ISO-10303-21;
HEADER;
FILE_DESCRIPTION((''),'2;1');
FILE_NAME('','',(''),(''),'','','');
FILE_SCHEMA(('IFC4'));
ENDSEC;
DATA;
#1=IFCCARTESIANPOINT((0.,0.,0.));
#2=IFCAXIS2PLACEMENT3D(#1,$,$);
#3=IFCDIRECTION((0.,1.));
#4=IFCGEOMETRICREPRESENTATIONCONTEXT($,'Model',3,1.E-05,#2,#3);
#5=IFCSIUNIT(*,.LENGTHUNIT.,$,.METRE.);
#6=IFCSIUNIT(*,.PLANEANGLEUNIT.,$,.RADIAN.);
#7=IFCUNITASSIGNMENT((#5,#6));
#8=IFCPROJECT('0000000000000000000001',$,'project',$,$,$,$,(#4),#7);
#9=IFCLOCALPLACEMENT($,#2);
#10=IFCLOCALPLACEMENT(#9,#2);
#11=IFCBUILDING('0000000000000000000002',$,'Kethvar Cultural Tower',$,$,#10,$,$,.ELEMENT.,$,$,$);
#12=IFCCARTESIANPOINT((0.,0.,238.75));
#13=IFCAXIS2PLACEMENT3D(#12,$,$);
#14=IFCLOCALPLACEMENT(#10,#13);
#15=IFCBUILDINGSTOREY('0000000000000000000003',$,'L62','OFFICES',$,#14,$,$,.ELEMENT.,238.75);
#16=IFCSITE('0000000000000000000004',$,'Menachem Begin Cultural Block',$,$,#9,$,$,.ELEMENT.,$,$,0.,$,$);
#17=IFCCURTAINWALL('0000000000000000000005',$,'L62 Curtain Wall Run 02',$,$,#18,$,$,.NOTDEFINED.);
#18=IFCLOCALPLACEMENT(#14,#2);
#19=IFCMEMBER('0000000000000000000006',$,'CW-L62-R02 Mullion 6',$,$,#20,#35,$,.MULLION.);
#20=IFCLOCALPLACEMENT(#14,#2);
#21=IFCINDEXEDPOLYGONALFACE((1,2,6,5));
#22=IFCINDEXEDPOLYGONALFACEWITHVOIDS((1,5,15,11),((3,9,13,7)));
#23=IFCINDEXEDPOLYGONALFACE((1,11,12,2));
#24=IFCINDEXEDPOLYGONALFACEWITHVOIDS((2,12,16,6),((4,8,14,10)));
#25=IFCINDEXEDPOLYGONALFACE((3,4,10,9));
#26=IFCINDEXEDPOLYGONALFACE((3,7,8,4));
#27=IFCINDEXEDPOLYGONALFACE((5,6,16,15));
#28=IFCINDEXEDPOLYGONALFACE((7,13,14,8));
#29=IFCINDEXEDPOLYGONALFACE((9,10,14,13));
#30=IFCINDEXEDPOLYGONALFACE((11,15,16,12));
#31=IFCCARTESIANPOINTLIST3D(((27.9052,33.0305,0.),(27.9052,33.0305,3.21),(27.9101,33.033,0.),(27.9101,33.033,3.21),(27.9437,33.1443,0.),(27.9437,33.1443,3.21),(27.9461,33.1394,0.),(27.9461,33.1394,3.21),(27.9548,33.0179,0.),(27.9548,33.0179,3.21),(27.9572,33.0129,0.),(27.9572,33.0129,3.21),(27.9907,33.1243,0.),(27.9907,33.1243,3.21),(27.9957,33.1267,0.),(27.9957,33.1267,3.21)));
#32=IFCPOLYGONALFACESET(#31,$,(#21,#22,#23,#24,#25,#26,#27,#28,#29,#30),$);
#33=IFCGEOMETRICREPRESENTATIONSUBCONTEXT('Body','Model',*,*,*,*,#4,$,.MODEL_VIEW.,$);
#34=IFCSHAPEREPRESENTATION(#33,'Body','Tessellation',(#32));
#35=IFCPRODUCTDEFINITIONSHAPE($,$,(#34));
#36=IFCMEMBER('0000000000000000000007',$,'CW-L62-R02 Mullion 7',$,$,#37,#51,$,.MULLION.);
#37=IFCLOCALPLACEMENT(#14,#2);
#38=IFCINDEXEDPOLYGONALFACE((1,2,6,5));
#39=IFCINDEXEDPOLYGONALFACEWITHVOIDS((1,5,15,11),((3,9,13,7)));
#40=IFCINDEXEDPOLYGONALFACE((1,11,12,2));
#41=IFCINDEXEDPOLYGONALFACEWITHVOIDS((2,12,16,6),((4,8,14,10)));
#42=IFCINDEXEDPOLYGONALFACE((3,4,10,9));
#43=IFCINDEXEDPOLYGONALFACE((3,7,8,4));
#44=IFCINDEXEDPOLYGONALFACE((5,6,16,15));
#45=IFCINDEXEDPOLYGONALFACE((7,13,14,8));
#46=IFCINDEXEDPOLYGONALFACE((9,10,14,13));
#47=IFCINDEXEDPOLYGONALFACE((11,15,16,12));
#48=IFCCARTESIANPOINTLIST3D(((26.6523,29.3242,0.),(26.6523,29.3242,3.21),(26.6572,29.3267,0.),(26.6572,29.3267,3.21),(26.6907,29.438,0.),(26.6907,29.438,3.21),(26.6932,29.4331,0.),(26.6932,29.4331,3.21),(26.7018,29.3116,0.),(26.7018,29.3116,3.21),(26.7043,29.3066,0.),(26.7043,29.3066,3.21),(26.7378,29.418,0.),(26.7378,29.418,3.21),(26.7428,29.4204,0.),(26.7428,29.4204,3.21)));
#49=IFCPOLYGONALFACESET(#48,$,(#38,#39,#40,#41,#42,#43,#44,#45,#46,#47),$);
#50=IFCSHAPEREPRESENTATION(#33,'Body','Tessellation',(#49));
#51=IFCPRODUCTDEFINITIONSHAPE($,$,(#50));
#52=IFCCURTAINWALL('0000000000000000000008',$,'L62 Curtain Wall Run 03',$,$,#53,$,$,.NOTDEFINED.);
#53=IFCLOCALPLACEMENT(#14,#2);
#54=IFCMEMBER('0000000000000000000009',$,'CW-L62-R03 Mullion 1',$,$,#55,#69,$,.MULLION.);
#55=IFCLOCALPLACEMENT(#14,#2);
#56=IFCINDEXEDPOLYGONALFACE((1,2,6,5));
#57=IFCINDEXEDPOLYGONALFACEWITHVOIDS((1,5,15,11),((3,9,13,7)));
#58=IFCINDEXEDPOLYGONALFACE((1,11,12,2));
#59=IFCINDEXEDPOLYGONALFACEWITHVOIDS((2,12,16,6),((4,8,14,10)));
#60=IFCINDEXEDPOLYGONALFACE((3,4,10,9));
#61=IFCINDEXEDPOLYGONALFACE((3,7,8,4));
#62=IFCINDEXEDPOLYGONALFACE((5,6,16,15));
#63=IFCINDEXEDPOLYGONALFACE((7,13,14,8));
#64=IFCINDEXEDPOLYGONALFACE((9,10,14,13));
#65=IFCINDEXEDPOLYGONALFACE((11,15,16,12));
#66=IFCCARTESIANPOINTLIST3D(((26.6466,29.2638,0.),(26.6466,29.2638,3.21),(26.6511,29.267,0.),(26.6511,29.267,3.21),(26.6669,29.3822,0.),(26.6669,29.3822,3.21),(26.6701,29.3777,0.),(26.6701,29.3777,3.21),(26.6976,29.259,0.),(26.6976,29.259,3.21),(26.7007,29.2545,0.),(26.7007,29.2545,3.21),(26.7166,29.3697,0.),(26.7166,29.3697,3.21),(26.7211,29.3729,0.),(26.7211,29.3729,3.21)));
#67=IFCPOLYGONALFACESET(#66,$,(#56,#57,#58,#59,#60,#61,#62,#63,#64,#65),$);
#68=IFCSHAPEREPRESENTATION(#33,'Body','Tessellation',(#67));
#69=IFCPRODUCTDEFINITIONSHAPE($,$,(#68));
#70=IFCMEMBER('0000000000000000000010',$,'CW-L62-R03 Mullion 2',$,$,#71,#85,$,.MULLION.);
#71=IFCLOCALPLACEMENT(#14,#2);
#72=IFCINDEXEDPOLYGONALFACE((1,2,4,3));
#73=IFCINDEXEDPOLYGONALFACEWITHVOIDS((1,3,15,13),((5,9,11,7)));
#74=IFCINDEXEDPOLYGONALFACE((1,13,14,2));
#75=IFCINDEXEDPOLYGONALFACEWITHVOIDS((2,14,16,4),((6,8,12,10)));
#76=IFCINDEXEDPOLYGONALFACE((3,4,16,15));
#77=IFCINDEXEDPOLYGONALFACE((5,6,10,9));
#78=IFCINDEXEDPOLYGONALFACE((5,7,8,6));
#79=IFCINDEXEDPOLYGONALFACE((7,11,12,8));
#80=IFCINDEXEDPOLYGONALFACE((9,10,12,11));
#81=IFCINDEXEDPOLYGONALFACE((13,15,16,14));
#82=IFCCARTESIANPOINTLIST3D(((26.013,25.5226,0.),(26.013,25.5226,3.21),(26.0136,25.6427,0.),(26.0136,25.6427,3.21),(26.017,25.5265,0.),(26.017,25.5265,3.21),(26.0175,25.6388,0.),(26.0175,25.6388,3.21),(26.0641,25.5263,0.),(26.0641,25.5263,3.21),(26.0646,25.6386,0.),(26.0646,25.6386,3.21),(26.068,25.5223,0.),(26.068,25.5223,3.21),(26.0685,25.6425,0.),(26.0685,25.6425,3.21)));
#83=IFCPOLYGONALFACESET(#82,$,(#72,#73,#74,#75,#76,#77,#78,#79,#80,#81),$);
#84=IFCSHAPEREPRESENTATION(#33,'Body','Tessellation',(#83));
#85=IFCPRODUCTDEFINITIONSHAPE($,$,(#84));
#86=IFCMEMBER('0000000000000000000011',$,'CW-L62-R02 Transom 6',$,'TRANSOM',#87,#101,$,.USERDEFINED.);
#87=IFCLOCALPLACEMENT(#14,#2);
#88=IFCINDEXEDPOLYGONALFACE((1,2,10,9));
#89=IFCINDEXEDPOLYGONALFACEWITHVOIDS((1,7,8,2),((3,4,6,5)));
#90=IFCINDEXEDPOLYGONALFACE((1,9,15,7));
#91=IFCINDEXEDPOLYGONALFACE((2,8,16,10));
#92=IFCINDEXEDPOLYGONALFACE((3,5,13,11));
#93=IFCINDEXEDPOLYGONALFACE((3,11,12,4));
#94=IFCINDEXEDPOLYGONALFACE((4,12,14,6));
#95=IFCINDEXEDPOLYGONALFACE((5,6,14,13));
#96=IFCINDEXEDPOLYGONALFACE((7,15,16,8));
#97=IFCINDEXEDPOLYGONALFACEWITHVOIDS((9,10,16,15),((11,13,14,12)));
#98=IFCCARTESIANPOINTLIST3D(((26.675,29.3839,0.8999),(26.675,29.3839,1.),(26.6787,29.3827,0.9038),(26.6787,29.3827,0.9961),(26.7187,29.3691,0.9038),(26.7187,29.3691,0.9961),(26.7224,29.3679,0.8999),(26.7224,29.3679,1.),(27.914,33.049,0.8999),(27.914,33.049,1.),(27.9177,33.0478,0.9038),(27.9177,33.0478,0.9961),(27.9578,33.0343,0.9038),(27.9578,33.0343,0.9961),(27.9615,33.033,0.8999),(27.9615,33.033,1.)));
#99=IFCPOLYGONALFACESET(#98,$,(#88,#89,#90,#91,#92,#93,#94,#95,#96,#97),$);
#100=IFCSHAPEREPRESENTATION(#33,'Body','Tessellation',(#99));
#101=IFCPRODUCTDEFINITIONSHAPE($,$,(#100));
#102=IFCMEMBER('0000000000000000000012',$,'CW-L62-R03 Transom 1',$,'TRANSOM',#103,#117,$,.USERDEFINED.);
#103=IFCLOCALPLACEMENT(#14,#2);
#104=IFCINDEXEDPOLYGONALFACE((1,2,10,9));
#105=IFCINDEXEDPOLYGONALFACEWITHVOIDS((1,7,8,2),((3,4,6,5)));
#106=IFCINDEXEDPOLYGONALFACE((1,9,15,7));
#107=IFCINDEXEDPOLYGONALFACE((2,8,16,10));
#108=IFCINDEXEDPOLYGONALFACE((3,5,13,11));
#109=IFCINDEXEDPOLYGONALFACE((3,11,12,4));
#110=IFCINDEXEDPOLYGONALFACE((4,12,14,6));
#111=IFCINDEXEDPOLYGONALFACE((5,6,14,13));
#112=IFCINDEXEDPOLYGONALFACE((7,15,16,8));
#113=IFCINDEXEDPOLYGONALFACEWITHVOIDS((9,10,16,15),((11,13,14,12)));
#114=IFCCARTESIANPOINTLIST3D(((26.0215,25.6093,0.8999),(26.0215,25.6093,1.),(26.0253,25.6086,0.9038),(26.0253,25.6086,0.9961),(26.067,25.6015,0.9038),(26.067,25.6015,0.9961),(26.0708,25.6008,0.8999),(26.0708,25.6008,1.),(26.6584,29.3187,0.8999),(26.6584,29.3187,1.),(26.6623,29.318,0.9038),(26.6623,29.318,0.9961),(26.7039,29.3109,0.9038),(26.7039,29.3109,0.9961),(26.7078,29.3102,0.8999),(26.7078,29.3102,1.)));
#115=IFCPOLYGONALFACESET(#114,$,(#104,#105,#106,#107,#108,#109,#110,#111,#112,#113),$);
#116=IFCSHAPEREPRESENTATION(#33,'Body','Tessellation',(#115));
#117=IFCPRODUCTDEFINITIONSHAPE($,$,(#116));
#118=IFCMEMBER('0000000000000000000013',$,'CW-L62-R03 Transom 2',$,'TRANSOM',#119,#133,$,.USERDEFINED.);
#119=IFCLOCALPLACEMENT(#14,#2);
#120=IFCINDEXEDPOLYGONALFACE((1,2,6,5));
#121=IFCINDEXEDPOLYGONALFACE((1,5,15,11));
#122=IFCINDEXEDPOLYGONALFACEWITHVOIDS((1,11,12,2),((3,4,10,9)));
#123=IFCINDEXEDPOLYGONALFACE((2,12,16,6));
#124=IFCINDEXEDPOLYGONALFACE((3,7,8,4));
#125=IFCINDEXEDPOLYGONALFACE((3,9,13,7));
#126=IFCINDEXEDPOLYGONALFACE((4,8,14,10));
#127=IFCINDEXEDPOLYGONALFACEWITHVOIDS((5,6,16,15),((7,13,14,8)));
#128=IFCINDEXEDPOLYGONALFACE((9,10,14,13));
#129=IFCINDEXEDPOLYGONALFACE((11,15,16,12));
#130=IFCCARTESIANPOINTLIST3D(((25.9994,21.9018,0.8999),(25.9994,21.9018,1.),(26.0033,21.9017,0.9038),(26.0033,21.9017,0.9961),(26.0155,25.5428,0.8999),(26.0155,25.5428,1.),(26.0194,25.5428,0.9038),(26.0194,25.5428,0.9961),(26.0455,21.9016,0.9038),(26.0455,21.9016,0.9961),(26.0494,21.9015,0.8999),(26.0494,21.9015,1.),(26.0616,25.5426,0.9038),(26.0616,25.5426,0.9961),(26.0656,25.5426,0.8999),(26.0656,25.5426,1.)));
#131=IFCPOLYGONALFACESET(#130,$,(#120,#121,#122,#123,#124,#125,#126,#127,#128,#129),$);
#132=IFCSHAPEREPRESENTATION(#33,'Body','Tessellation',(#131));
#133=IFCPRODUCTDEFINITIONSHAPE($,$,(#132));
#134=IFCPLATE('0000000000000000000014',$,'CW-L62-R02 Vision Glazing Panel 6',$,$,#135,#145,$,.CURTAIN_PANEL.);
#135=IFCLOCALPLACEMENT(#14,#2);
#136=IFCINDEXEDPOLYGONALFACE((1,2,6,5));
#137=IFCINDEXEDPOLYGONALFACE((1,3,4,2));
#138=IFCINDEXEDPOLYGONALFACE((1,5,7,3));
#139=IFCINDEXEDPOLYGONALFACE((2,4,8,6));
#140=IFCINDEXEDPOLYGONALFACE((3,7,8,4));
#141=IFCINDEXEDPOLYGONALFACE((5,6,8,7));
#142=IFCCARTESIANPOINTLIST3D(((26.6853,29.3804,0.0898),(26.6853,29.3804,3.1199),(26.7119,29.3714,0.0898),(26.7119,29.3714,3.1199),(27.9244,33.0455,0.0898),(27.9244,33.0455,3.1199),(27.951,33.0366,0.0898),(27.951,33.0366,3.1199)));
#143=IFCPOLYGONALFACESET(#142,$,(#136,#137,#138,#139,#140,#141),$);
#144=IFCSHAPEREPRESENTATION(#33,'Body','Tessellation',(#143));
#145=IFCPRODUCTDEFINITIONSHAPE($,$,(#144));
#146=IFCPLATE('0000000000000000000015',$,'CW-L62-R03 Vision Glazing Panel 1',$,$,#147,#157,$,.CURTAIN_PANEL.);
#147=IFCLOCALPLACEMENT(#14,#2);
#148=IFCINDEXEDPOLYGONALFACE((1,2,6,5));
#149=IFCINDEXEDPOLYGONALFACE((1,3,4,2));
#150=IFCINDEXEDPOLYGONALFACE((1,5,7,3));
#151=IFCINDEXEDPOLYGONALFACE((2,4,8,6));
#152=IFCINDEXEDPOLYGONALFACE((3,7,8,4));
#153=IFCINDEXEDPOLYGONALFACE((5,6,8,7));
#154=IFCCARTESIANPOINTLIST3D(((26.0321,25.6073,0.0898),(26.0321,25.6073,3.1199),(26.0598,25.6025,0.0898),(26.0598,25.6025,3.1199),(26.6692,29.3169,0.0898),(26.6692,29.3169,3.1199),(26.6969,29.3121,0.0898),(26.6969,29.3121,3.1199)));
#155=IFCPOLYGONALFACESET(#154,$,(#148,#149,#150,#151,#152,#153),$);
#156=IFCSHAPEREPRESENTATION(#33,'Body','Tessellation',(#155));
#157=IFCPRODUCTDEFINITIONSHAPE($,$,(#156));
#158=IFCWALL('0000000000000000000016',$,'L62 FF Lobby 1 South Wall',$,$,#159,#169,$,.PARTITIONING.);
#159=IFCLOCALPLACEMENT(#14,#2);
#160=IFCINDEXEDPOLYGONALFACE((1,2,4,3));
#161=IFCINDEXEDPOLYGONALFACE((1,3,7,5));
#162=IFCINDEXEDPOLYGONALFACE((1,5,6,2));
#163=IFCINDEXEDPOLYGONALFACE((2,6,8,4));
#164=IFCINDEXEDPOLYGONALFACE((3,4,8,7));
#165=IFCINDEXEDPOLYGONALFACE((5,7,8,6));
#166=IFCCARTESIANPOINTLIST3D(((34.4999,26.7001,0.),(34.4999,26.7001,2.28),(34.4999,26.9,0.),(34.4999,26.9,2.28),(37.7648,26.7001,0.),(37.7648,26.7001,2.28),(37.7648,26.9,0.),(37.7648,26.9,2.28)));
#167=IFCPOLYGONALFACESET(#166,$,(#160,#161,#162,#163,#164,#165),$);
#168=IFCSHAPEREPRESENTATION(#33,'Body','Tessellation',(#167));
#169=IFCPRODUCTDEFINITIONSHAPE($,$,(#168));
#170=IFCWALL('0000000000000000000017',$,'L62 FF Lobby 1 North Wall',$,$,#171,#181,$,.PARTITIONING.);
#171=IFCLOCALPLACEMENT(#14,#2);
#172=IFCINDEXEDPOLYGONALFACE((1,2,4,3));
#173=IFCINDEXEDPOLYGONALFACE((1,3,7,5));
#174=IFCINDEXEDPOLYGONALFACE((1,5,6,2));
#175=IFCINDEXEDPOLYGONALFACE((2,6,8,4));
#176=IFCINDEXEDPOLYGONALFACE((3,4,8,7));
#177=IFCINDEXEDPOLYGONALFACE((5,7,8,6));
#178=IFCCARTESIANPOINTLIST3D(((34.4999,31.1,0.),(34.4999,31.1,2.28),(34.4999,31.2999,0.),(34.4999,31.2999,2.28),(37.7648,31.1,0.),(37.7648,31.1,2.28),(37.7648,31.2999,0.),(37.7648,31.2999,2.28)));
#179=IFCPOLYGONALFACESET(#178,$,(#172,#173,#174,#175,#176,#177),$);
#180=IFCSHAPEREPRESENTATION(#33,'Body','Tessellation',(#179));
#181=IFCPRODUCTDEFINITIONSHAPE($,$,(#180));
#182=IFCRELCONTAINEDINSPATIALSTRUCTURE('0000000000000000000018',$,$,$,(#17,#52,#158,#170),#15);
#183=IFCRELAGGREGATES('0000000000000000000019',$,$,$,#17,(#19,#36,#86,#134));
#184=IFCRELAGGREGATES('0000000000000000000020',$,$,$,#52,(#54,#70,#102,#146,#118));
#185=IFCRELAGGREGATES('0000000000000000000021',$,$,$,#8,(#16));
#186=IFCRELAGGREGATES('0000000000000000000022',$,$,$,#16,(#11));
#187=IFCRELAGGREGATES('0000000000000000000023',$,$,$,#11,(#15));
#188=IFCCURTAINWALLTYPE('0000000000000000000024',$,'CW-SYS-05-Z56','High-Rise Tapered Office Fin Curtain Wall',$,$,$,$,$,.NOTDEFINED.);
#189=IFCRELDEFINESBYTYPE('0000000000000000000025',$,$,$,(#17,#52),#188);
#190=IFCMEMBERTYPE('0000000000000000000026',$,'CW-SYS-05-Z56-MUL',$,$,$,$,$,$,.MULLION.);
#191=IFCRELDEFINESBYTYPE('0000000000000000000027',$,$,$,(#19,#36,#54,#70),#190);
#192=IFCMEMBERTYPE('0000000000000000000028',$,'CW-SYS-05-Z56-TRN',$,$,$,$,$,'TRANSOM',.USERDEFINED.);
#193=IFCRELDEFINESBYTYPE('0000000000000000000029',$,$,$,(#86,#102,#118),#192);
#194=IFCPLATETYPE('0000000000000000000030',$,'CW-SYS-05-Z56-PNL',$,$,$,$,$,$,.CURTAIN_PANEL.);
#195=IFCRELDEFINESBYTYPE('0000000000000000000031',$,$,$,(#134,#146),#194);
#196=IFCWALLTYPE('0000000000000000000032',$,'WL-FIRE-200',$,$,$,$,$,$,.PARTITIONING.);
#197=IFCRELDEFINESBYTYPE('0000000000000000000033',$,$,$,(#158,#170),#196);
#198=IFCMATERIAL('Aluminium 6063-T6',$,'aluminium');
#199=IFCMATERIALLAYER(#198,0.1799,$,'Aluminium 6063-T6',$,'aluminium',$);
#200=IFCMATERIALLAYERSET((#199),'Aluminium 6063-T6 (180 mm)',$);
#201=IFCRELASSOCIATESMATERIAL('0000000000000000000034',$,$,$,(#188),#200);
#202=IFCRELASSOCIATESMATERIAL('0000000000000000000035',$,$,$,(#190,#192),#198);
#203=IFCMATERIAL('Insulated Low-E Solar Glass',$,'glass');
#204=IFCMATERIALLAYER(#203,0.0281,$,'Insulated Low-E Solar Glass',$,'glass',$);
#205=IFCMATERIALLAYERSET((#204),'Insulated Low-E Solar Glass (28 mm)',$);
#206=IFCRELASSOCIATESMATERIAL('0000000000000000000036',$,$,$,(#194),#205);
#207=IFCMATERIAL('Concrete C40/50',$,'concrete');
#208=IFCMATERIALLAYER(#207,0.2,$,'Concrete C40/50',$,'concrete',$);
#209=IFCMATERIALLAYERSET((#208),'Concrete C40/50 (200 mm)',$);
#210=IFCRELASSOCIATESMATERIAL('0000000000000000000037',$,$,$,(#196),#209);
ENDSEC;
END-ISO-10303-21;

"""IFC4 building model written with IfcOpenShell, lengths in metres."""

from ifc_helpers import new_model, si_unit, direction, frame, frame_2d, origin, origin_2d, place, context, subcontext, project, spatial, rectangle, hollow_rectangle, extrude, source, transform, mapped, material, layer, layer_set, material_profile, profile_set, type_object, element, aggregate, save


model = new_model("IFC4")

# Units and contexts
model_context = context("Model", 3, precision=1e-05, world=origin(), true_north=direction((0.0, 1.0)))
body_context = subcontext(model_context, "Body", "Model", "MODEL_VIEW")
ifc_project = project(units=[si_unit("LENGTHUNIT", "METRE"), si_unit("PLANEANGLEUNIT", "RADIAN")], contexts=[model_context])

# Site, building, storey
site_placement = place(None, origin())
site = spatial("IfcSite", under=ifc_project, at=site_placement, Name="Menachem Begin Cultural Block", CompositionType="ELEMENT", RefElevation=0.0)
building_placement = place(site_placement, origin())
building = spatial("IfcBuilding", under=site, at=building_placement, Name="Kethvar Cultural Tower", CompositionType="ELEMENT")
storey_placement = place(building_placement, frame((0.0, 0.0, 238.75)))
storey = spatial("IfcBuildingStorey", under=building, at=storey_placement, Name="L62", Description="OFFICES", CompositionType="ELEMENT", Elevation=238.75)

# Curtain walls, members
ifc_material_1 = material(Name="Aluminium 6063-T6", Category="aluminium")
ifc_layer_1 = layer(ifc_material_1, 0.1799, Name="Aluminium 6063-T6", Category="aluminium")
ifc_layer_set_1 = layer_set([ifc_layer_1], Name="Aluminium 6063-T6 (180 mm)")
curtain_wall_type = type_object("IfcCurtainWallType", Name="CW-SYS-05-Z56", Description="High-Rise Tapered Office Fin Curtain Wall", PredefinedType="NOTDEFINED", material=ifc_layer_set_1)
curtain_wall_1_placement = place(storey_placement, origin())
curtain_wall_1 = element("IfcCurtainWall", 1, at=curtain_wall_1_placement, inside=storey, type_object=curtain_wall_type, Name="L62 Curtain Wall Run 02", PredefinedType="NOTDEFINED")
ifc_material_profile_1 = material_profile(ifc_material_1, hollow_rectangle(XDim=0.0549, YDim=0.1201, WallThickness=0.0039, at=origin_2d()), Name="Aluminium 6063-T6 — RHS120x55x4")
ifc_profile_set_1 = profile_set([ifc_material_profile_1], Name="Aluminium 6063-T6 — RHS120x55x4")
member_type_1 = type_object("IfcMemberType", Name="CW-SYS-05-Z56-MUL", PredefinedType="MULLION", material=ifc_profile_set_1)
shared_shape_1 = source(origin(), body_context, "Body", "SweptSolid", [
    extrude(hollow_rectangle(XDim=0.0549, YDim=0.1201, WallThickness=0.0039, at=origin_2d()), origin(), (0.0, 0.0, 1.0), 3.21),
])
member_1_placement = place(storey_placement, frame((27.9504, 33.0786, 0.0), z_axis=(0.0, 0.0, 1.0), x_axis=(0.947328, -0.320266, 0.0)))
member_1 = element("IfcMember", 2, at=member_1_placement, type_object=member_type_1, Name="CW-L62-R02 Mullion 6", PredefinedType="MULLION", context=body_context, shape_type="MappedRepresentation", body=[
    mapped(shared_shape_1, transform((0.0, 0.0, 0.0), scale=1.0)),
])
member_2_placement = place(storey_placement, frame((26.6975, 29.3723, 0.0), z_axis=(0.0, 0.0, 1.0), x_axis=(0.947328, -0.320266, 0.0)))
member_2 = element("IfcMember", 3, at=member_2_placement, type_object=member_type_1, Name="CW-L62-R02 Mullion 7", PredefinedType="MULLION", context=body_context, shape_type="MappedRepresentation", body=[
    mapped(shared_shape_1, transform((0.0, 0.0, 0.0), scale=1.0)),
])
curtain_wall_2_placement = place(storey_placement, origin())
curtain_wall_2 = element("IfcCurtainWall", 4, at=curtain_wall_2_placement, inside=storey, type_object=curtain_wall_type, Name="L62 Curtain Wall Run 03", PredefinedType="NOTDEFINED")
member_3_placement = place(storey_placement, frame((26.6838, 29.3184, 0.0), z_axis=(0.0, 0.0, 1.0), x_axis=(0.985571, -0.169263, 0.0)))
member_3 = element("IfcMember", 5, at=member_3_placement, type_object=member_type_1, Name="CW-L62-R03 Mullion 1", PredefinedType="MULLION", context=body_context, shape_type="MappedRepresentation", body=[
    mapped(shared_shape_1, transform((0.0, 0.0, 0.0), scale=1.0)),
])
member_4_placement = place(storey_placement, frame((26.0408, 25.5825, 0.0), z_axis=(0.0, 0.0, 1.0), x_axis=(0.99999, -0.004468, 0.0)))
member_4 = element("IfcMember", 6, at=member_4_placement, type_object=member_type_1, Name="CW-L62-R03 Mullion 2", PredefinedType="MULLION", context=body_context, shape_type="MappedRepresentation", body=[
    mapped(shared_shape_1, transform((0.0, 0.0, 0.0), scale=1.0)),
])

# Members
ifc_material_profile_2 = material_profile(ifc_material_1, hollow_rectangle(XDim=0.05, YDim=0.1001, WallThickness=0.0039, at=origin_2d()), Name="Aluminium 6063-T6 — RHS100x50x4")
ifc_profile_set_2 = profile_set([ifc_material_profile_2], Name="Aluminium 6063-T6 — RHS100x50x4")
member_type_2 = type_object("IfcMemberType", Name="CW-SYS-05-Z56-TRN", ElementType="TRANSOM", PredefinedType="USERDEFINED", material=ifc_profile_set_2)
shared_shape_2 = source(origin(), body_context, "Body", "SweptSolid", [
    extrude(hollow_rectangle(XDim=0.05, YDim=0.1001, WallThickness=0.0039, at=origin_2d()), origin(), (0.0, 0.0, 1.0), 3.8689),
])
member_5_placement = place(storey_placement, frame((27.9377, 33.041, 0.95), z_axis=(-0.320257, -0.947331, 0.0), x_axis=(0.947331, -0.320257, 0.0)))
member_5 = element("IfcMember", 7, at=member_5_placement, type_object=member_type_2, Name="CW-L62-R02 Transom 6", ObjectType="TRANSOM", PredefinedType="USERDEFINED", context=body_context, shape_type="MappedRepresentation", body=[
    mapped(shared_shape_2, transform((0.0, 0.0, 0.0), scale=1.0)),
])
shared_shape_3 = source(origin(), body_context, "Body", "SweptSolid", [
    extrude(hollow_rectangle(XDim=0.05, YDim=0.1001, WallThickness=0.0039, at=origin_2d()), origin(), (0.0, 0.0, 1.0), 3.7637),
])
member_6_placement = place(storey_placement, frame((26.6831, 29.3145, 0.95), z_axis=(-0.169236, -0.985576, 0.0), x_axis=(0.985576, -0.169236, 0.0)))
member_6 = element("IfcMember", 8, at=member_6_placement, type_object=member_type_2, Name="CW-L62-R03 Transom 1", ObjectType="TRANSOM", PredefinedType="USERDEFINED", context=body_context, shape_type="MappedRepresentation", body=[
    mapped(shared_shape_3, transform((0.0, 0.0, 0.0), scale=1.0)),
])
shared_shape_4 = source(origin(), body_context, "Body", "SweptSolid", [
    extrude(hollow_rectangle(XDim=0.05, YDim=0.1001, WallThickness=0.0039, at=origin_2d()), origin(), (0.0, 0.0, 1.0), 3.6411),
])
member_7_placement = place(storey_placement, frame((26.0405, 25.5427, 0.95), z_axis=(-0.004425, -0.99999, 0.0), x_axis=(0.99999, -0.004425, 0.0)))
member_7 = element("IfcMember", 9, at=member_7_placement, type_object=member_type_2, Name="CW-L62-R03 Transom 2", ObjectType="TRANSOM", PredefinedType="USERDEFINED", context=body_context, shape_type="MappedRepresentation", body=[
    mapped(shared_shape_4, transform((0.0, 0.0, 0.0), scale=1.0)),
])

# Plates
ifc_material_2 = material(Name="Insulated Low-E Solar Glass", Category="glass")
ifc_layer_2 = layer(ifc_material_2, 0.0281, Name="Insulated Low-E Solar Glass", Category="glass")
ifc_layer_set_2 = layer_set([ifc_layer_2], Name="Insulated Low-E Solar Glass (28 mm)")
plate_type = type_object("IfcPlateType", Name="CW-SYS-05-Z56-PNL", PredefinedType="CURTAIN_PANEL", material=ifc_layer_set_2)
shared_shape_5 = source(origin(), body_context, "Body", "SweptSolid", [
    extrude(rectangle(XDim=3.8689, YDim=0.0281, at=origin_2d()), origin(), (0.0, 0.0, 1.0), 3.03),
])
plate_1_placement = place(storey_placement, frame((27.3181, 31.2085, 0.0898), z_axis=(0.0, 0.0, 1.0), x_axis=(-0.320266, -0.947328, 0.0)))
plate_1 = element("IfcPlate", 10, at=plate_1_placement, type_object=plate_type, Name="CW-L62-R02 Vision Glazing Panel 6", PredefinedType="CURTAIN_PANEL", context=body_context, shape_type="MappedRepresentation", body=[
    mapped(shared_shape_5, transform((0.0, 0.0, 0.0), scale=1.0)),
])
aggregate(curtain_wall_1, [member_1, member_2, member_5, plate_1])
shared_shape_6 = source(origin(), body_context, "Body", "SweptSolid", [
    extrude(rectangle(XDim=3.7639, YDim=0.0281, at=origin_2d()), origin(), (0.0, 0.0, 1.0), 3.03),
])
plate_2_placement = place(storey_placement, frame((26.3645, 27.4597, 0.0898), z_axis=(0.0, 0.0, 1.0), x_axis=(-0.169263, -0.985571, 0.0)))
plate_2 = element("IfcPlate", 11, at=plate_2_placement, type_object=plate_type, Name="CW-L62-R03 Vision Glazing Panel 1", PredefinedType="CURTAIN_PANEL", context=body_context, shape_type="MappedRepresentation", body=[
    mapped(shared_shape_6, transform((0.0, 0.0, 0.0), scale=1.0)),
])
aggregate(curtain_wall_2, [member_3, member_4, member_6, plate_2, member_7])

# Shared definitions
ifc_material_3 = material(Name="Concrete C40/50", Category="concrete")
ifc_layer_3 = layer(ifc_material_3, 0.2, Name="Concrete C40/50", Category="concrete")
ifc_layer_set_3 = layer_set([ifc_layer_3], Name="Concrete C40/50 (200 mm)")
wall_type_1 = type_object("IfcWallType", Name="WL-FIRE-200", PredefinedType="PARTITIONING", material=ifc_layer_set_3)

# Walls
for number, where, z_axis, x_axis, name in (
    (12, (34.5, 26.8, 0.0), (0.0, 0.0, 1.0), (1.0, 0.0, 0.0), "L62 FF Lobby 1 South Wall"),
    (13, (34.5, 31.2, 0.0), (0.0, 0.0, 1.0), (1.0, 0.0, 0.0), "L62 FF Lobby 1 North Wall"),
):
    element("IfcWall", number, at=place(storey_placement, frame(where, z_axis=z_axis, x_axis=x_axis)), inside=storey, type_object=wall_type_1, Name=name, PredefinedType="PARTITIONING", context=body_context, shape_type="SweptSolid", body=[
        extrude(rectangle(XDim=3.2649, YDim=0.2, at=frame_2d((1.6323, 0.0))), origin(), (0.0, 0.0, 1.0), 2.28),
    ])

save(model, "model.ifc")
